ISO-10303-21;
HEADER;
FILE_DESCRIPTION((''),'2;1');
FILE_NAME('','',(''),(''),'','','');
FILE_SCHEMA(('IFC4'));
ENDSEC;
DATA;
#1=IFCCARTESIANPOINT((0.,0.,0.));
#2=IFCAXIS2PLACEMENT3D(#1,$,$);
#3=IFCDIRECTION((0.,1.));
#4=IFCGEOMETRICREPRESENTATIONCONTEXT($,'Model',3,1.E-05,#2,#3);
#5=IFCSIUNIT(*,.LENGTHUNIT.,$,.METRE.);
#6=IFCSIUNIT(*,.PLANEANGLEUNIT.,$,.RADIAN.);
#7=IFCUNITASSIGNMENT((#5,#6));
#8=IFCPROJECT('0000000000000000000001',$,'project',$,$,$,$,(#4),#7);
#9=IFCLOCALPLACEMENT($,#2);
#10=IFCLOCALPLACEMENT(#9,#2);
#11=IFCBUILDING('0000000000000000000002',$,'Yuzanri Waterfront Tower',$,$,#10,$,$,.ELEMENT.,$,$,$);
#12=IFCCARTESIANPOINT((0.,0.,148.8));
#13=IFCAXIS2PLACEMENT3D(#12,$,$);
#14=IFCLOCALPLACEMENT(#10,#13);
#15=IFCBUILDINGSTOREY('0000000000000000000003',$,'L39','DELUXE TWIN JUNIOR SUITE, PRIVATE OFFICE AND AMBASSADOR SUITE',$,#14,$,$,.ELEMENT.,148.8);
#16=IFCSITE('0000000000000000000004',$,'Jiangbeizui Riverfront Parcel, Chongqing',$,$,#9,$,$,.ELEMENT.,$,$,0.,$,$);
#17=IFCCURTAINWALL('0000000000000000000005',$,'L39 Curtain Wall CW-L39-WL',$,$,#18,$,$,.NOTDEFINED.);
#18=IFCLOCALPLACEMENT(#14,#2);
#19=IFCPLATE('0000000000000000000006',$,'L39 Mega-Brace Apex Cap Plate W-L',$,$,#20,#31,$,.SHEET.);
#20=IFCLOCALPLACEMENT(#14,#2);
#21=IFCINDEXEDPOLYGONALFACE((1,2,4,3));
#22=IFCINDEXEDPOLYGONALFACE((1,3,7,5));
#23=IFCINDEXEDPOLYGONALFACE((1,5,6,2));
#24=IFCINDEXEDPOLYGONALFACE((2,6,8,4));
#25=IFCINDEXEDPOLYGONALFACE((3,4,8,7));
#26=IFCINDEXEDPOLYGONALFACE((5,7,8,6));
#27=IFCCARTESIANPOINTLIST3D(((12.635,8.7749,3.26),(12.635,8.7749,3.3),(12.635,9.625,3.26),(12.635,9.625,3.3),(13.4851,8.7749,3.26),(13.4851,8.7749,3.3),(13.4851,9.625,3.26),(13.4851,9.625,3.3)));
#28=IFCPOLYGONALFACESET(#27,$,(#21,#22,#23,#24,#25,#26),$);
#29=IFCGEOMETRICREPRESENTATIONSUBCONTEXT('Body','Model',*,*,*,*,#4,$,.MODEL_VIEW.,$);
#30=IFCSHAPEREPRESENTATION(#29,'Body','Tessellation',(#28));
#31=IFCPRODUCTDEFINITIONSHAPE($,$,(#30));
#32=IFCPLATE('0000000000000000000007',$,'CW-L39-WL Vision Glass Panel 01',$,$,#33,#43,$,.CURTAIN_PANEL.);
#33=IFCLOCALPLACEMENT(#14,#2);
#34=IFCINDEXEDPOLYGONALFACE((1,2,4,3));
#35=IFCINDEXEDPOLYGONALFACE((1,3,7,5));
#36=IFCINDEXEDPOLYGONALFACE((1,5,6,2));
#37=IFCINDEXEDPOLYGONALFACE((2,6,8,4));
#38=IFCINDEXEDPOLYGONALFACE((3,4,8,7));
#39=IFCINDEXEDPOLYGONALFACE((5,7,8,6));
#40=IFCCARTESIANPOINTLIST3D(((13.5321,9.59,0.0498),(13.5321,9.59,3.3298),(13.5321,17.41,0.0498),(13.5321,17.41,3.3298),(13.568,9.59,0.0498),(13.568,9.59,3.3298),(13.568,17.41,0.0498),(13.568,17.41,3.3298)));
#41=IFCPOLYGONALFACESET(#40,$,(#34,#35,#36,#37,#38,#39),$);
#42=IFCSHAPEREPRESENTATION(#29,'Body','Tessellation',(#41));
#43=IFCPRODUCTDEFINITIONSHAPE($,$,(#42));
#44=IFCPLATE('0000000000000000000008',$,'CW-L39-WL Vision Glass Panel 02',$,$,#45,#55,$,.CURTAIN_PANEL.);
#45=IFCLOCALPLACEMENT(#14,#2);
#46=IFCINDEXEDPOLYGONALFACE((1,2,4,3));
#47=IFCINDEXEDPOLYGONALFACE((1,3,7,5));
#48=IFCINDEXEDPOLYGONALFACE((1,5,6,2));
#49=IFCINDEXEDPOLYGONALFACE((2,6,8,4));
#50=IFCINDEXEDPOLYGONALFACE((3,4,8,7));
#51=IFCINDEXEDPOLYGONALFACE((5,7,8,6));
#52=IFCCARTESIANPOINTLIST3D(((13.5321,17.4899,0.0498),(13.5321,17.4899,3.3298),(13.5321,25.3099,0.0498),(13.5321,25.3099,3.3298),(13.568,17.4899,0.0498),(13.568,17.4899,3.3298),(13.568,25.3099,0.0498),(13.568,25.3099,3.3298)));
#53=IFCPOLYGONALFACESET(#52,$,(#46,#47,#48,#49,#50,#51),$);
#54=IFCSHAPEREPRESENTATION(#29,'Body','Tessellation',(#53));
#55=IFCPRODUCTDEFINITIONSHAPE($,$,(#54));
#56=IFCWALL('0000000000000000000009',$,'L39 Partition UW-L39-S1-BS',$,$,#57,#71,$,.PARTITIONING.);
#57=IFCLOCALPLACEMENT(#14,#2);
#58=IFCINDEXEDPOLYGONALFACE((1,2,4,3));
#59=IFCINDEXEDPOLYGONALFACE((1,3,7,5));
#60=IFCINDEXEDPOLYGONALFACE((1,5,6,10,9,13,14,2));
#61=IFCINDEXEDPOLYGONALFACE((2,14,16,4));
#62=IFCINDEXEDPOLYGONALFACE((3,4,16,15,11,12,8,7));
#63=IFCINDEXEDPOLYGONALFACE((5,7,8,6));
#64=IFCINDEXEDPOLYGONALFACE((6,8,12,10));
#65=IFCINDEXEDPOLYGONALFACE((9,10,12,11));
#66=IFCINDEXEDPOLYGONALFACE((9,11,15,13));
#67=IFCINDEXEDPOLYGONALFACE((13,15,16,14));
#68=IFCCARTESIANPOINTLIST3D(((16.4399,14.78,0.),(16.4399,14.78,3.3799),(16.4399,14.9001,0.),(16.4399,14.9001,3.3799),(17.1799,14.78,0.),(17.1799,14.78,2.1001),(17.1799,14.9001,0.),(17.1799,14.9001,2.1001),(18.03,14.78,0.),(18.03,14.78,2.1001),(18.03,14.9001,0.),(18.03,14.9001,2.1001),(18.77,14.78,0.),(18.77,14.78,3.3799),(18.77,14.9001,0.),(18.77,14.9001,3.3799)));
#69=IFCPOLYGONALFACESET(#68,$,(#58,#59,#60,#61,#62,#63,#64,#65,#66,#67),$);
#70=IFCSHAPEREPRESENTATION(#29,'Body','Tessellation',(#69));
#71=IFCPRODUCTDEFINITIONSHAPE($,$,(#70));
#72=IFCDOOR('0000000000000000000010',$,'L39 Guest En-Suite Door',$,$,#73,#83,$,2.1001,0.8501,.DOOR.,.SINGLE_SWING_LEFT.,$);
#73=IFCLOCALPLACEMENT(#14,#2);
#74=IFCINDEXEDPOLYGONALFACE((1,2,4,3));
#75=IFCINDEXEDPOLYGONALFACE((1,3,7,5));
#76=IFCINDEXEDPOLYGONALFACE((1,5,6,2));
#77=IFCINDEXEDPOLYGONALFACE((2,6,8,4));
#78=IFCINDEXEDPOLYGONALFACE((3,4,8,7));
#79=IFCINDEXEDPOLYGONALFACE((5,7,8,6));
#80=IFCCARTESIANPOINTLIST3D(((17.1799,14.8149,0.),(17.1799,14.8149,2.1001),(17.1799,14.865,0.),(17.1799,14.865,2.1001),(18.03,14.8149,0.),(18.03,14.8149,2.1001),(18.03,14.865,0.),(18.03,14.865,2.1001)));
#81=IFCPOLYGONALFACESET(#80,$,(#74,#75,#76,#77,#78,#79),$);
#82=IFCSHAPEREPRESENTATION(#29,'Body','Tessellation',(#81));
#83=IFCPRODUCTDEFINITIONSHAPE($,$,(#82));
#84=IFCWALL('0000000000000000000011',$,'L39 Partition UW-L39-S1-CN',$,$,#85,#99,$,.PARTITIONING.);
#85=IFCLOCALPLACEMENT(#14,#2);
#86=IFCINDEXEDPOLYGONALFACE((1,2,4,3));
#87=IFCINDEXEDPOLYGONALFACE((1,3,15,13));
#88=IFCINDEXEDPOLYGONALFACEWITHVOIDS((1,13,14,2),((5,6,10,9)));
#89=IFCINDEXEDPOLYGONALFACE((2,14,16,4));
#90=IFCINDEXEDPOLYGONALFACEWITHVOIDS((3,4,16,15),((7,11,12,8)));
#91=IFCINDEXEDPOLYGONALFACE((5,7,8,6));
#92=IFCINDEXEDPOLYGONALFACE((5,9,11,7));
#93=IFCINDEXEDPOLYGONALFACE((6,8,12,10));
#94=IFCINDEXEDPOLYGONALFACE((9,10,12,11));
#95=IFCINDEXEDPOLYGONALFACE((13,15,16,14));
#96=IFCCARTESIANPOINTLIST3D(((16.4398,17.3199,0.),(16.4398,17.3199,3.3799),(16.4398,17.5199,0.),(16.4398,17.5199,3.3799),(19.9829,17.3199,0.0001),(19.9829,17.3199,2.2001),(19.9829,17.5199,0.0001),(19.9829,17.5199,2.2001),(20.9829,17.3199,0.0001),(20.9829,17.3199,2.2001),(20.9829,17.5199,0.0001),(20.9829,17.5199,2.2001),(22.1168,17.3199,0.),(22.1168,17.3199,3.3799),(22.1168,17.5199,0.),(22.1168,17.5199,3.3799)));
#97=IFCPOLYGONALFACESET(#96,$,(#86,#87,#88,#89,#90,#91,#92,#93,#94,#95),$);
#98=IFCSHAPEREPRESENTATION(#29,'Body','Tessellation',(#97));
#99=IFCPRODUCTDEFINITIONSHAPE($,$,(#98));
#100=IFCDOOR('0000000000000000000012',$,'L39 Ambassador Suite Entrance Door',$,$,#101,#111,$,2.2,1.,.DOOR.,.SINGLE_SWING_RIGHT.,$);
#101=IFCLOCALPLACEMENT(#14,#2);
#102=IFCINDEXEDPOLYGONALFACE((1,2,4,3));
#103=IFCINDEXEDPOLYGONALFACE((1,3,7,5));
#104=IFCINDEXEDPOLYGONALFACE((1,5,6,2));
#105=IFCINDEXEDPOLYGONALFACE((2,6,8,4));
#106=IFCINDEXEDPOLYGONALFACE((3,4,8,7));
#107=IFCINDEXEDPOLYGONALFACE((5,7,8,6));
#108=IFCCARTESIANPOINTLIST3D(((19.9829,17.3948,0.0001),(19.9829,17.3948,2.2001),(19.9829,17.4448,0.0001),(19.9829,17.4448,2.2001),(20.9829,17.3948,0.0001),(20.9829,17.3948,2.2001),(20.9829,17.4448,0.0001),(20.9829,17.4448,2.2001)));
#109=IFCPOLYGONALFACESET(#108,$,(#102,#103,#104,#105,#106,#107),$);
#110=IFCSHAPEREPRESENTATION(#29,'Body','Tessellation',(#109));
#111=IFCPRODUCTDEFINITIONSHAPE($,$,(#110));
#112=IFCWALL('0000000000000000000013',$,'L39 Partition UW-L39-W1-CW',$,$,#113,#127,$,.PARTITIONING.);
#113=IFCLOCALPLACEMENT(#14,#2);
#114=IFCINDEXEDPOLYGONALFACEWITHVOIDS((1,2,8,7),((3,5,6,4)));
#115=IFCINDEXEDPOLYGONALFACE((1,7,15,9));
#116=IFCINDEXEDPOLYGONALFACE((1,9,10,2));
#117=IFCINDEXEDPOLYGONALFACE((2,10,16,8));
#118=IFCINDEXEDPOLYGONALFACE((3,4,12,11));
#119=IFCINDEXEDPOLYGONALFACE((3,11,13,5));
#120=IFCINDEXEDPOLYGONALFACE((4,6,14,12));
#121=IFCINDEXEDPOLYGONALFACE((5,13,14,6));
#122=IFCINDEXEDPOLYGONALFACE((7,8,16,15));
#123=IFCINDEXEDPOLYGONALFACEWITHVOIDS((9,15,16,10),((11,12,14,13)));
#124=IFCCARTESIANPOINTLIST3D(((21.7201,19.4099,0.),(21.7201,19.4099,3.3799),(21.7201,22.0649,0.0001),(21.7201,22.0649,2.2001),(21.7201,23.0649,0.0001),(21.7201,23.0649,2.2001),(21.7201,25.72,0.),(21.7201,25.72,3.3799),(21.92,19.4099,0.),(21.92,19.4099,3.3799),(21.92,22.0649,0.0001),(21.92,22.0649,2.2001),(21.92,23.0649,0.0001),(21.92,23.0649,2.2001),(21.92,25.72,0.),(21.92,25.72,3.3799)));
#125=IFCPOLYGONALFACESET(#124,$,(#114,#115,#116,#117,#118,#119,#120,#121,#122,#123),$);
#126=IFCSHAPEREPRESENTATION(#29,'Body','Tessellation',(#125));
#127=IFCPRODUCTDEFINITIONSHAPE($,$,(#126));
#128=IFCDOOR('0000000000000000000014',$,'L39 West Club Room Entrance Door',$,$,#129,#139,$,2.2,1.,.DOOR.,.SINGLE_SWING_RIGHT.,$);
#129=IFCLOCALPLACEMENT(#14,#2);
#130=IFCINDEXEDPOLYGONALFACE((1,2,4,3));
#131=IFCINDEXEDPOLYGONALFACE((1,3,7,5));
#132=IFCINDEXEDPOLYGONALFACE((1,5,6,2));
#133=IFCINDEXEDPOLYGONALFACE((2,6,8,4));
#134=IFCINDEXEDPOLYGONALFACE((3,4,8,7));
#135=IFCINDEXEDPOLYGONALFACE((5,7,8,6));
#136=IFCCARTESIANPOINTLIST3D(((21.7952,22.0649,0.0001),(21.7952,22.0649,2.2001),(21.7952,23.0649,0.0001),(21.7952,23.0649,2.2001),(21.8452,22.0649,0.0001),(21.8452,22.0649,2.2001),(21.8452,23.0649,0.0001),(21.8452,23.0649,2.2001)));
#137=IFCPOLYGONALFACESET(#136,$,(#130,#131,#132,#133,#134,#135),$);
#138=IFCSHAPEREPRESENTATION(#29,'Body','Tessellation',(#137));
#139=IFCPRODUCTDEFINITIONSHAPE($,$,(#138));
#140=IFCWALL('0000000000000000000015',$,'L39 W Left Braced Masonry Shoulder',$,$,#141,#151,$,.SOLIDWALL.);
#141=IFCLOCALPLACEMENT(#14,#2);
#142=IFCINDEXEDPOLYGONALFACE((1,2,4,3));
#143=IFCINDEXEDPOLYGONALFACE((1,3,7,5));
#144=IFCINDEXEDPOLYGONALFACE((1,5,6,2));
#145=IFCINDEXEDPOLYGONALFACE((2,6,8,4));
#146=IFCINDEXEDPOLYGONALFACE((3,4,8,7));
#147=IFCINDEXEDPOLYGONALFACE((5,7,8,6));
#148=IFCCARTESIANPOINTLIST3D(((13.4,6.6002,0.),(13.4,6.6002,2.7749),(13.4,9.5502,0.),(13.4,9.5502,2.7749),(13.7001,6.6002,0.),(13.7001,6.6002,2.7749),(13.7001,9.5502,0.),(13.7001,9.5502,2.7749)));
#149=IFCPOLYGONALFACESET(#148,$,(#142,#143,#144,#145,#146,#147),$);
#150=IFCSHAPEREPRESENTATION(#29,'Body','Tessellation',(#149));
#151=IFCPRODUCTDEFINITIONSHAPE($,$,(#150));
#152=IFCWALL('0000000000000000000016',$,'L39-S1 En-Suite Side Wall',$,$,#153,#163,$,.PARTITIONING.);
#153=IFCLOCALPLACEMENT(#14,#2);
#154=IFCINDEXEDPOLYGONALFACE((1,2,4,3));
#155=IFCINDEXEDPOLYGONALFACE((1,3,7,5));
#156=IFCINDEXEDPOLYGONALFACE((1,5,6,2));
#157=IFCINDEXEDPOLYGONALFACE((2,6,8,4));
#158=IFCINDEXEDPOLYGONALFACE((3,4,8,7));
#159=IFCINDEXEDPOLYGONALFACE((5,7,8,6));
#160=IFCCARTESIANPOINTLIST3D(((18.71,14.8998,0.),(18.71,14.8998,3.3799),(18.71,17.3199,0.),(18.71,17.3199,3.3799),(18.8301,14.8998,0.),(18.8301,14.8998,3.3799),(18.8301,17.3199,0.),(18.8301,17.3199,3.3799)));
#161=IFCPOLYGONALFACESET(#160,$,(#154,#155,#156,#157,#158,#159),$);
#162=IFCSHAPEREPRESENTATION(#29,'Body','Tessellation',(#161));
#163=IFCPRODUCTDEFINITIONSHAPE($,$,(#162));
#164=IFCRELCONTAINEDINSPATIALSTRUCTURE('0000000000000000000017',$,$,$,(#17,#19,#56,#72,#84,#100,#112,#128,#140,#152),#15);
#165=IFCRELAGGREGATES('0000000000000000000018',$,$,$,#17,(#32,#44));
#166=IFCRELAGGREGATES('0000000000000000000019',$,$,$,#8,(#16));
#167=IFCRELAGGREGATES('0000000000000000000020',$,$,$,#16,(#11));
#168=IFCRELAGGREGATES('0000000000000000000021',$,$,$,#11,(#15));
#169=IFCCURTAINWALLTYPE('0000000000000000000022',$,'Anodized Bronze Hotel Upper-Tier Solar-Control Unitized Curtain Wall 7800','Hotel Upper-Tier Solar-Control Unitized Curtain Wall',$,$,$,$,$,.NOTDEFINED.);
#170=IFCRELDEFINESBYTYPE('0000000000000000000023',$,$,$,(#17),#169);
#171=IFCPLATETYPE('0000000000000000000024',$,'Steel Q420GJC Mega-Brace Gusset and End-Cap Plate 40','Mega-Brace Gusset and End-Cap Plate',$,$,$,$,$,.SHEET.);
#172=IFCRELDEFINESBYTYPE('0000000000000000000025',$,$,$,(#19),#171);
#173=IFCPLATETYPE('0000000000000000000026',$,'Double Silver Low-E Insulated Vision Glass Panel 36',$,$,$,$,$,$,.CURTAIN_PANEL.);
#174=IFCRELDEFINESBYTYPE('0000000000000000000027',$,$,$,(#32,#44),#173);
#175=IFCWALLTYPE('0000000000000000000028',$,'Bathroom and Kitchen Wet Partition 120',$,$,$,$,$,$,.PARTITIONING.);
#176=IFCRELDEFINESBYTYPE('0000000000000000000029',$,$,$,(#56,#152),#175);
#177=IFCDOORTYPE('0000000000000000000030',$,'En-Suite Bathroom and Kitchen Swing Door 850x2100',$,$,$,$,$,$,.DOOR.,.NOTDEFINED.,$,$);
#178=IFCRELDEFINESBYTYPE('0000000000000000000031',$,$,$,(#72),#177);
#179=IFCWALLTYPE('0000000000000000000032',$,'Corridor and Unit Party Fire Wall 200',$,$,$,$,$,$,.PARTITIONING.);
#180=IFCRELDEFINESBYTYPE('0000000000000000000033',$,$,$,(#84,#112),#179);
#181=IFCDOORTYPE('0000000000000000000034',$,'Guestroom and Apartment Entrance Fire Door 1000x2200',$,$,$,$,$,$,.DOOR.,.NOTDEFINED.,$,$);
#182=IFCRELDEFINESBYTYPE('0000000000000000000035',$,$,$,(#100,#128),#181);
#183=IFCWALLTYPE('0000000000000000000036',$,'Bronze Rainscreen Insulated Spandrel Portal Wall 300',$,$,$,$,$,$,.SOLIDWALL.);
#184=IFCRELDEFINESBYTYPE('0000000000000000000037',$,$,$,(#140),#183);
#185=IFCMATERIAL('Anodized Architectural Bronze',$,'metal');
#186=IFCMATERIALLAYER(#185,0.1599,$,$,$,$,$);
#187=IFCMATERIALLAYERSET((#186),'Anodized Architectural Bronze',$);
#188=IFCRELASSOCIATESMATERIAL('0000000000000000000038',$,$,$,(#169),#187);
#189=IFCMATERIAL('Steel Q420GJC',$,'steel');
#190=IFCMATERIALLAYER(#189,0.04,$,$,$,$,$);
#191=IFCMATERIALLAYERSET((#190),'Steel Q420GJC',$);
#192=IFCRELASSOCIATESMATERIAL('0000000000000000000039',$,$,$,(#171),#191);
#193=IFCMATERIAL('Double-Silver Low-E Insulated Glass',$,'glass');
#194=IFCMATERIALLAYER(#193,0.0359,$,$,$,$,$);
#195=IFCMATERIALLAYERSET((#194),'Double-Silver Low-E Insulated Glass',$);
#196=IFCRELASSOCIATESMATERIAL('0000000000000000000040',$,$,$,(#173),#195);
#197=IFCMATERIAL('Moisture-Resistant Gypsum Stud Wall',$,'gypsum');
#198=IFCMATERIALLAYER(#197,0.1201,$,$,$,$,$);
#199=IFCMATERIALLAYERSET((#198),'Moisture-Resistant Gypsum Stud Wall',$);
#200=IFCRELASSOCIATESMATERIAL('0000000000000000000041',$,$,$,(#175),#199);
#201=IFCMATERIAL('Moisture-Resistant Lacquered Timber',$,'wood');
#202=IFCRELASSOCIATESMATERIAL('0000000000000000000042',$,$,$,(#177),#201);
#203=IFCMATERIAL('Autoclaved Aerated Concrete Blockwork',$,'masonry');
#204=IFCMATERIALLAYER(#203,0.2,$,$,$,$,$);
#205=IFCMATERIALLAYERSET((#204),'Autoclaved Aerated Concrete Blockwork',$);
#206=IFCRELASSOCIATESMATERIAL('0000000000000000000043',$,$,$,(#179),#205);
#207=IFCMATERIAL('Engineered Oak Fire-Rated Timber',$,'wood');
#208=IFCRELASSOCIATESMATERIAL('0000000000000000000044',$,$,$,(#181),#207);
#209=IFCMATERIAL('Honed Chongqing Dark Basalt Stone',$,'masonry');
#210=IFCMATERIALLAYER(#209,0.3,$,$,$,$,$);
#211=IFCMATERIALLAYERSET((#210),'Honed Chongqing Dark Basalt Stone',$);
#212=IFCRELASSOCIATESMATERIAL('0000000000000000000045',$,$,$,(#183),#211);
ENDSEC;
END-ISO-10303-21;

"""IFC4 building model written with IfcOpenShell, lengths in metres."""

from ifc_helpers import new_model, si_unit, direction, frame, frame_2d, origin, origin_2d, place, context, subcontext, project, spatial, rectangle, extrude, source, transform, mapped, material, layer, layer_set, type_object, element, fill, aggregate, save


model = new_model("IFC4")

# Units and contexts
model_context = context("Model", 3, precision=1e-05, world=origin(), true_north=direction((0.0, 1.0)))
body_context = subcontext(model_context, "Body", "Model", "MODEL_VIEW")
ifc_project = project(units=[si_unit("LENGTHUNIT", "METRE"), si_unit("PLANEANGLEUNIT", "RADIAN")], contexts=[model_context])

# Site, building, storey
site_placement = place(None, origin())
site = spatial("IfcSite", under=ifc_project, at=site_placement, Name="Jiangbeizui Riverfront Parcel, Chongqing", CompositionType="ELEMENT", RefElevation=0.0)
building_placement = place(site_placement, origin())
building = spatial("IfcBuilding", under=site, at=building_placement, Name="Yuzanri Waterfront Tower", CompositionType="ELEMENT")
storey_placement = place(building_placement, frame((0.0, 0.0, 148.8)))
storey = spatial("IfcBuildingStorey", under=building, at=storey_placement, Name="L39", Description="DELUXE TWIN JUNIOR SUITE, PRIVATE OFFICE AND AMBASSADOR SUITE", CompositionType="ELEMENT", Elevation=148.8)

# Curtain wall
ifc_material_1 = material(Name="Anodized Architectural Bronze", Category="metal")
ifc_layer_1 = layer(ifc_material_1, 0.1599)
ifc_layer_set_1 = layer_set([ifc_layer_1], Name="Anodized Architectural Bronze")
curtain_wall_type = type_object("IfcCurtainWallType", Name="Anodized Bronze Hotel Upper-Tier Solar-Control Unitized Curtain Wall 7800", Description="Hotel Upper-Tier Solar-Control Unitized Curtain Wall", PredefinedType="NOTDEFINED", material=ifc_layer_set_1)
curtain_wall_placement = place(storey_placement, origin())
curtain_wall = element("IfcCurtainWall", 1, at=curtain_wall_placement, inside=storey, type_object=curtain_wall_type, Name="L39 Curtain Wall CW-L39-WL", PredefinedType="NOTDEFINED")

# Plates
ifc_material_2 = material(Name="Steel Q420GJC", Category="steel")
ifc_layer_2 = layer(ifc_material_2, 0.04)
ifc_layer_set_2 = layer_set([ifc_layer_2], Name="Steel Q420GJC")
plate_type_1 = type_object("IfcPlateType", Name="Steel Q420GJC Mega-Brace Gusset and End-Cap Plate 40", Description="Mega-Brace Gusset and End-Cap Plate", PredefinedType="SHEET", material=ifc_layer_set_2)
shared_shape_1 = source(origin(), body_context, "Body", "SweptSolid", [
    extrude(rectangle(XDim=0.8501, YDim=0.8501, at=origin_2d()), origin(), (0.0, 0.0, 1.0), 0.04),
])
plate_1_placement = place(storey_placement, frame((13.0601, 9.2, 3.26), z_axis=(0.0, 0.0, 1.0), x_axis=(1.0, 0.0, 0.0)))
element("IfcPlate", 2, at=plate_1_placement, inside=storey, type_object=plate_type_1, Name="L39 Mega-Brace Apex Cap Plate W-L", PredefinedType="SHEET", context=body_context, shape_type="MappedRepresentation", body=[
    mapped(shared_shape_1, transform((0.0, 0.0, 0.0), scale=1.0)),
])
ifc_material_3 = material(Name="Double-Silver Low-E Insulated Glass", Category="glass")
ifc_layer_3 = layer(ifc_material_3, 0.0359)
ifc_layer_set_3 = layer_set([ifc_layer_3], Name="Double-Silver Low-E Insulated Glass")
plate_type_2 = type_object("IfcPlateType", Name="Double Silver Low-E Insulated Vision Glass Panel 36", PredefinedType="CURTAIN_PANEL", material=ifc_layer_set_3)
shared_shape_2 = source(origin(), body_context, "Body", "SweptSolid", [
    extrude(rectangle(XDim=7.8201, YDim=0.0359, at=origin_2d()), origin(), (0.0, 0.0, 1.0), 3.28),
])
plate_2_placement = place(storey_placement, frame((13.55, 13.5, 0.0498), z_axis=(0.0, 0.0, 1.0), x_axis=(0.0, 1.0, 0.0)))
plate_2 = element("IfcPlate", 3, at=plate_2_placement, type_object=plate_type_2, Name="CW-L39-WL Vision Glass Panel 01", PredefinedType="CURTAIN_PANEL", context=body_context, shape_type="MappedRepresentation", body=[
    mapped(shared_shape_2, transform((0.0, 0.0, 0.0), scale=1.0)),
])
plate_3_placement = place(storey_placement, frame((13.55, 21.3999, 0.0498), z_axis=(0.0, 0.0, 1.0), x_axis=(0.0, 1.0, 0.0)))
plate_3 = element("IfcPlate", 4, at=plate_3_placement, type_object=plate_type_2, Name="CW-L39-WL Vision Glass Panel 02", PredefinedType="CURTAIN_PANEL", context=body_context, shape_type="MappedRepresentation", body=[
    mapped(shared_shape_2, transform((0.0, 0.0, 0.0), scale=1.0)),
])
aggregate(curtain_wall, [plate_2, plate_3])

# Walls, openings, doors
ifc_material_4 = material(Name="Moisture-Resistant Gypsum Stud Wall", Category="gypsum")
ifc_layer_4 = layer(ifc_material_4, 0.1201)
ifc_layer_set_4 = layer_set([ifc_layer_4], Name="Moisture-Resistant Gypsum Stud Wall")
wall_type_1 = type_object("IfcWallType", Name="Bathroom and Kitchen Wet Partition 120", PredefinedType="PARTITIONING", material=ifc_layer_set_4)
wall_1_placement = place(storey_placement, frame((16.4399, 14.8401, 0.0), z_axis=(0.0, 0.0, 1.0), x_axis=(1.0, 0.0, 0.0)))
wall_1 = element("IfcWall", 5, at=wall_1_placement, inside=storey, type_object=wall_type_1, Name="L39 Partition UW-L39-S1-BS", PredefinedType="PARTITIONING", context=body_context, shape_type="SweptSolid", body=[
    extrude(rectangle(XDim=2.3301, YDim=0.1201, at=frame_2d((1.165, 0.0))), origin(), (0.0, 0.0, 1.0), 3.3799),
])
opening_1_placement = place(wall_1_placement, frame((0.74, 0.0, 0.0)))
opening_1 = element("IfcOpeningElement", 6, at=opening_1_placement, cuts=wall_1, PredefinedType="OPENING", context=body_context, shape_type="SweptSolid", body=[
    extrude(rectangle(XDim=0.8501, YDim=2.1001, at=frame_2d((0.425, 1.05))), frame((0.0, 0.075, 0.0), z_axis=(0.0, -1.0, 0.0), x_axis=(1.0, 0.0, 0.0)), (0.0, 0.0, 1.0), 0.1499),
])
ifc_material_5 = material(Name="Moisture-Resistant Lacquered Timber", Category="wood")
door_type_1 = type_object("IfcDoorType", Name="En-Suite Bathroom and Kitchen Swing Door 850x2100", OperationType="NOTDEFINED", PredefinedType="DOOR", material=ifc_material_5)
shared_shape_3 = source(origin(), body_context, "Body", "SweptSolid", [
    extrude(rectangle(XDim=0.8501, YDim=2.1001, at=frame_2d((0.425, 1.05))), frame((0.0, 0.0249, 0.0), z_axis=(0.0, -1.0, 0.0), x_axis=(1.0, 0.0, 0.0)), (0.0, 0.0, 1.0), 0.05),
])
door_1_placement = place(opening_1_placement, origin())
door_1 = element("IfcDoor", 7, at=door_1_placement, inside=storey, type_object=door_type_1, Name="L39 Guest En-Suite Door", OperationType="SINGLE_SWING_LEFT", OverallHeight=2.1001, OverallWidth=0.8501, PredefinedType="DOOR", context=body_context, shape_type="MappedRepresentation", body=[
    mapped(shared_shape_3, transform((0.0, 0.0, 0.0), scale=1.0)),
])
fill(opening_1, door_1)
ifc_material_6 = material(Name="Autoclaved Aerated Concrete Blockwork", Category="masonry")
ifc_layer_5 = layer(ifc_material_6, 0.2)
ifc_layer_set_5 = layer_set([ifc_layer_5], Name="Autoclaved Aerated Concrete Blockwork")
wall_type_2 = type_object("IfcWallType", Name="Corridor and Unit Party Fire Wall 200", PredefinedType="PARTITIONING", material=ifc_layer_set_5)
wall_2_placement = place(storey_placement, frame((16.4399, 17.4199, 0.0), z_axis=(0.0, 0.0, 1.0), x_axis=(1.0, 0.0, 0.0)))
wall_2 = element("IfcWall", 8, at=wall_2_placement, inside=storey, type_object=wall_type_2, Name="L39 Partition UW-L39-S1-CN", PredefinedType="PARTITIONING", context=body_context, shape_type="SweptSolid", body=[
    extrude(rectangle(XDim=5.677, YDim=0.2, at=frame_2d((2.8384, 0.0))), origin(), (0.0, 0.0, 1.0), 3.3799),
])
opening_2_placement = place(wall_2_placement, frame((3.543, 0.0, 0.0)))
opening_2 = element("IfcOpeningElement", 9, at=opening_2_placement, cuts=wall_2, PredefinedType="OPENING", context=body_context, shape_type="SweptSolid", body=[
    extrude(rectangle(XDim=1.0, YDim=2.2, at=frame_2d((0.5, 1.1001))), frame((0.0, 0.1147, 0.0), z_axis=(0.0, -1.0, 0.0), x_axis=(1.0, 0.0, 0.0)), (0.0, 0.0, 1.0), 0.2297),
])
ifc_material_7 = material(Name="Engineered Oak Fire-Rated Timber", Category="wood")
door_type_2 = type_object("IfcDoorType", Name="Guestroom and Apartment Entrance Fire Door 1000x2200", OperationType="NOTDEFINED", PredefinedType="DOOR", material=ifc_material_7)
shared_shape_4 = source(origin(), body_context, "Body", "SweptSolid", [
    extrude(rectangle(XDim=1.0, YDim=2.2, at=frame_2d((0.5, 1.1001))), frame((0.0, 0.0249, 0.0), z_axis=(0.0, -1.0, 0.0), x_axis=(1.0, 0.0, 0.0)), (0.0, 0.0, 1.0), 0.05),
])
door_2_placement = place(opening_2_placement, origin())
door_2 = element("IfcDoor", 10, at=door_2_placement, inside=storey, type_object=door_type_2, Name="L39 Ambassador Suite Entrance Door", OperationType="SINGLE_SWING_RIGHT", OverallHeight=2.2, OverallWidth=1.0, PredefinedType="DOOR", context=body_context, shape_type="MappedRepresentation", body=[
    mapped(shared_shape_4, transform((0.0, 0.0, 0.0), scale=1.0)),
])
fill(opening_2, door_2)
wall_3_placement = place(storey_placement, frame((21.8201, 19.4099, 0.0), z_axis=(0.0, 0.0, 1.0), x_axis=(0.0, 1.0, 0.0)))
wall_3 = element("IfcWall", 11, at=wall_3_placement, inside=storey, type_object=wall_type_2, Name="L39 Partition UW-L39-W1-CW", PredefinedType="PARTITIONING", context=body_context, shape_type="SweptSolid", body=[
    extrude(rectangle(XDim=6.3101, YDim=0.2, at=frame_2d((3.155, 0.0))), origin(), (0.0, 0.0, 1.0), 3.3799),
])
opening_3_placement = place(wall_3_placement, frame((2.655, 0.0, 0.0)))
opening_3 = element("IfcOpeningElement", 12, at=opening_3_placement, cuts=wall_3, PredefinedType="OPENING", context=body_context, shape_type="SweptSolid", body=[
    extrude(rectangle(XDim=1.0, YDim=2.2, at=frame_2d((0.5, 1.1001))), frame((0.0, 0.1147, 0.0), z_axis=(0.0, -1.0, 0.0), x_axis=(1.0, 0.0, 0.0)), (0.0, 0.0, 1.0), 0.2297),
])
door_3_placement = place(opening_3_placement, origin())
door_3 = element("IfcDoor", 13, at=door_3_placement, inside=storey, type_object=door_type_2, Name="L39 West Club Room Entrance Door", OperationType="SINGLE_SWING_RIGHT", OverallHeight=2.2, OverallWidth=1.0, PredefinedType="DOOR", context=body_context, shape_type="MappedRepresentation", body=[
    mapped(shared_shape_4, transform((0.0, 0.0, 0.0), scale=1.0)),
])
fill(opening_3, door_3)

# Walls
ifc_material_8 = material(Name="Honed Chongqing Dark Basalt Stone", Category="masonry")
ifc_layer_6 = layer(ifc_material_8, 0.3)
ifc_layer_set_6 = layer_set([ifc_layer_6], Name="Honed Chongqing Dark Basalt Stone")
wall_type_3 = type_object("IfcWallType", Name="Bronze Rainscreen Insulated Spandrel Portal Wall 300", PredefinedType="SOLIDWALL", material=ifc_layer_set_6)
shared_shape_5 = source(origin(), body_context, "Body", "SweptSolid", [
    extrude(rectangle(XDim=2.95, YDim=0.3, at=frame_2d((1.4751, 0.0))), origin(), (0.0, 0.0, 1.0), 2.7749),
])
wall_4_placement = place(storey_placement, frame((13.55, 6.6001, 0.0), z_axis=(0.0, 0.0, 1.0), x_axis=(0.0, 1.0, 0.0)))
element("IfcWall", 14, at=wall_4_placement, inside=storey, type_object=wall_type_3, Name="L39 W Left Braced Masonry Shoulder", PredefinedType="SOLIDWALL", context=body_context, shape_type="MappedRepresentation", body=[
    mapped(shared_shape_5, transform((0.0, 0.0, 0.0), scale=1.0)),
])
shared_shape_6 = source(origin(), body_context, "Body", "SweptSolid", [
    extrude(rectangle(XDim=2.4202, YDim=0.1201, at=frame_2d((1.21, 0.0))), origin(), (0.0, 0.0, 1.0), 3.3799),
])
wall_5_placement = place(storey_placement, frame((18.77, 14.8999, 0.0), z_axis=(0.0, 0.0, 1.0), x_axis=(0.0, 1.0, 0.0)))
element("IfcWall", 15, at=wall_5_placement, inside=storey, type_object=wall_type_1, Name="L39-S1 En-Suite Side Wall", PredefinedType="PARTITIONING", context=body_context, shape_type="MappedRepresentation", body=[
    mapped(shared_shape_6, transform((0.0, 0.0, 0.0), scale=1.0)),
])

save(model, "model.ifc")
